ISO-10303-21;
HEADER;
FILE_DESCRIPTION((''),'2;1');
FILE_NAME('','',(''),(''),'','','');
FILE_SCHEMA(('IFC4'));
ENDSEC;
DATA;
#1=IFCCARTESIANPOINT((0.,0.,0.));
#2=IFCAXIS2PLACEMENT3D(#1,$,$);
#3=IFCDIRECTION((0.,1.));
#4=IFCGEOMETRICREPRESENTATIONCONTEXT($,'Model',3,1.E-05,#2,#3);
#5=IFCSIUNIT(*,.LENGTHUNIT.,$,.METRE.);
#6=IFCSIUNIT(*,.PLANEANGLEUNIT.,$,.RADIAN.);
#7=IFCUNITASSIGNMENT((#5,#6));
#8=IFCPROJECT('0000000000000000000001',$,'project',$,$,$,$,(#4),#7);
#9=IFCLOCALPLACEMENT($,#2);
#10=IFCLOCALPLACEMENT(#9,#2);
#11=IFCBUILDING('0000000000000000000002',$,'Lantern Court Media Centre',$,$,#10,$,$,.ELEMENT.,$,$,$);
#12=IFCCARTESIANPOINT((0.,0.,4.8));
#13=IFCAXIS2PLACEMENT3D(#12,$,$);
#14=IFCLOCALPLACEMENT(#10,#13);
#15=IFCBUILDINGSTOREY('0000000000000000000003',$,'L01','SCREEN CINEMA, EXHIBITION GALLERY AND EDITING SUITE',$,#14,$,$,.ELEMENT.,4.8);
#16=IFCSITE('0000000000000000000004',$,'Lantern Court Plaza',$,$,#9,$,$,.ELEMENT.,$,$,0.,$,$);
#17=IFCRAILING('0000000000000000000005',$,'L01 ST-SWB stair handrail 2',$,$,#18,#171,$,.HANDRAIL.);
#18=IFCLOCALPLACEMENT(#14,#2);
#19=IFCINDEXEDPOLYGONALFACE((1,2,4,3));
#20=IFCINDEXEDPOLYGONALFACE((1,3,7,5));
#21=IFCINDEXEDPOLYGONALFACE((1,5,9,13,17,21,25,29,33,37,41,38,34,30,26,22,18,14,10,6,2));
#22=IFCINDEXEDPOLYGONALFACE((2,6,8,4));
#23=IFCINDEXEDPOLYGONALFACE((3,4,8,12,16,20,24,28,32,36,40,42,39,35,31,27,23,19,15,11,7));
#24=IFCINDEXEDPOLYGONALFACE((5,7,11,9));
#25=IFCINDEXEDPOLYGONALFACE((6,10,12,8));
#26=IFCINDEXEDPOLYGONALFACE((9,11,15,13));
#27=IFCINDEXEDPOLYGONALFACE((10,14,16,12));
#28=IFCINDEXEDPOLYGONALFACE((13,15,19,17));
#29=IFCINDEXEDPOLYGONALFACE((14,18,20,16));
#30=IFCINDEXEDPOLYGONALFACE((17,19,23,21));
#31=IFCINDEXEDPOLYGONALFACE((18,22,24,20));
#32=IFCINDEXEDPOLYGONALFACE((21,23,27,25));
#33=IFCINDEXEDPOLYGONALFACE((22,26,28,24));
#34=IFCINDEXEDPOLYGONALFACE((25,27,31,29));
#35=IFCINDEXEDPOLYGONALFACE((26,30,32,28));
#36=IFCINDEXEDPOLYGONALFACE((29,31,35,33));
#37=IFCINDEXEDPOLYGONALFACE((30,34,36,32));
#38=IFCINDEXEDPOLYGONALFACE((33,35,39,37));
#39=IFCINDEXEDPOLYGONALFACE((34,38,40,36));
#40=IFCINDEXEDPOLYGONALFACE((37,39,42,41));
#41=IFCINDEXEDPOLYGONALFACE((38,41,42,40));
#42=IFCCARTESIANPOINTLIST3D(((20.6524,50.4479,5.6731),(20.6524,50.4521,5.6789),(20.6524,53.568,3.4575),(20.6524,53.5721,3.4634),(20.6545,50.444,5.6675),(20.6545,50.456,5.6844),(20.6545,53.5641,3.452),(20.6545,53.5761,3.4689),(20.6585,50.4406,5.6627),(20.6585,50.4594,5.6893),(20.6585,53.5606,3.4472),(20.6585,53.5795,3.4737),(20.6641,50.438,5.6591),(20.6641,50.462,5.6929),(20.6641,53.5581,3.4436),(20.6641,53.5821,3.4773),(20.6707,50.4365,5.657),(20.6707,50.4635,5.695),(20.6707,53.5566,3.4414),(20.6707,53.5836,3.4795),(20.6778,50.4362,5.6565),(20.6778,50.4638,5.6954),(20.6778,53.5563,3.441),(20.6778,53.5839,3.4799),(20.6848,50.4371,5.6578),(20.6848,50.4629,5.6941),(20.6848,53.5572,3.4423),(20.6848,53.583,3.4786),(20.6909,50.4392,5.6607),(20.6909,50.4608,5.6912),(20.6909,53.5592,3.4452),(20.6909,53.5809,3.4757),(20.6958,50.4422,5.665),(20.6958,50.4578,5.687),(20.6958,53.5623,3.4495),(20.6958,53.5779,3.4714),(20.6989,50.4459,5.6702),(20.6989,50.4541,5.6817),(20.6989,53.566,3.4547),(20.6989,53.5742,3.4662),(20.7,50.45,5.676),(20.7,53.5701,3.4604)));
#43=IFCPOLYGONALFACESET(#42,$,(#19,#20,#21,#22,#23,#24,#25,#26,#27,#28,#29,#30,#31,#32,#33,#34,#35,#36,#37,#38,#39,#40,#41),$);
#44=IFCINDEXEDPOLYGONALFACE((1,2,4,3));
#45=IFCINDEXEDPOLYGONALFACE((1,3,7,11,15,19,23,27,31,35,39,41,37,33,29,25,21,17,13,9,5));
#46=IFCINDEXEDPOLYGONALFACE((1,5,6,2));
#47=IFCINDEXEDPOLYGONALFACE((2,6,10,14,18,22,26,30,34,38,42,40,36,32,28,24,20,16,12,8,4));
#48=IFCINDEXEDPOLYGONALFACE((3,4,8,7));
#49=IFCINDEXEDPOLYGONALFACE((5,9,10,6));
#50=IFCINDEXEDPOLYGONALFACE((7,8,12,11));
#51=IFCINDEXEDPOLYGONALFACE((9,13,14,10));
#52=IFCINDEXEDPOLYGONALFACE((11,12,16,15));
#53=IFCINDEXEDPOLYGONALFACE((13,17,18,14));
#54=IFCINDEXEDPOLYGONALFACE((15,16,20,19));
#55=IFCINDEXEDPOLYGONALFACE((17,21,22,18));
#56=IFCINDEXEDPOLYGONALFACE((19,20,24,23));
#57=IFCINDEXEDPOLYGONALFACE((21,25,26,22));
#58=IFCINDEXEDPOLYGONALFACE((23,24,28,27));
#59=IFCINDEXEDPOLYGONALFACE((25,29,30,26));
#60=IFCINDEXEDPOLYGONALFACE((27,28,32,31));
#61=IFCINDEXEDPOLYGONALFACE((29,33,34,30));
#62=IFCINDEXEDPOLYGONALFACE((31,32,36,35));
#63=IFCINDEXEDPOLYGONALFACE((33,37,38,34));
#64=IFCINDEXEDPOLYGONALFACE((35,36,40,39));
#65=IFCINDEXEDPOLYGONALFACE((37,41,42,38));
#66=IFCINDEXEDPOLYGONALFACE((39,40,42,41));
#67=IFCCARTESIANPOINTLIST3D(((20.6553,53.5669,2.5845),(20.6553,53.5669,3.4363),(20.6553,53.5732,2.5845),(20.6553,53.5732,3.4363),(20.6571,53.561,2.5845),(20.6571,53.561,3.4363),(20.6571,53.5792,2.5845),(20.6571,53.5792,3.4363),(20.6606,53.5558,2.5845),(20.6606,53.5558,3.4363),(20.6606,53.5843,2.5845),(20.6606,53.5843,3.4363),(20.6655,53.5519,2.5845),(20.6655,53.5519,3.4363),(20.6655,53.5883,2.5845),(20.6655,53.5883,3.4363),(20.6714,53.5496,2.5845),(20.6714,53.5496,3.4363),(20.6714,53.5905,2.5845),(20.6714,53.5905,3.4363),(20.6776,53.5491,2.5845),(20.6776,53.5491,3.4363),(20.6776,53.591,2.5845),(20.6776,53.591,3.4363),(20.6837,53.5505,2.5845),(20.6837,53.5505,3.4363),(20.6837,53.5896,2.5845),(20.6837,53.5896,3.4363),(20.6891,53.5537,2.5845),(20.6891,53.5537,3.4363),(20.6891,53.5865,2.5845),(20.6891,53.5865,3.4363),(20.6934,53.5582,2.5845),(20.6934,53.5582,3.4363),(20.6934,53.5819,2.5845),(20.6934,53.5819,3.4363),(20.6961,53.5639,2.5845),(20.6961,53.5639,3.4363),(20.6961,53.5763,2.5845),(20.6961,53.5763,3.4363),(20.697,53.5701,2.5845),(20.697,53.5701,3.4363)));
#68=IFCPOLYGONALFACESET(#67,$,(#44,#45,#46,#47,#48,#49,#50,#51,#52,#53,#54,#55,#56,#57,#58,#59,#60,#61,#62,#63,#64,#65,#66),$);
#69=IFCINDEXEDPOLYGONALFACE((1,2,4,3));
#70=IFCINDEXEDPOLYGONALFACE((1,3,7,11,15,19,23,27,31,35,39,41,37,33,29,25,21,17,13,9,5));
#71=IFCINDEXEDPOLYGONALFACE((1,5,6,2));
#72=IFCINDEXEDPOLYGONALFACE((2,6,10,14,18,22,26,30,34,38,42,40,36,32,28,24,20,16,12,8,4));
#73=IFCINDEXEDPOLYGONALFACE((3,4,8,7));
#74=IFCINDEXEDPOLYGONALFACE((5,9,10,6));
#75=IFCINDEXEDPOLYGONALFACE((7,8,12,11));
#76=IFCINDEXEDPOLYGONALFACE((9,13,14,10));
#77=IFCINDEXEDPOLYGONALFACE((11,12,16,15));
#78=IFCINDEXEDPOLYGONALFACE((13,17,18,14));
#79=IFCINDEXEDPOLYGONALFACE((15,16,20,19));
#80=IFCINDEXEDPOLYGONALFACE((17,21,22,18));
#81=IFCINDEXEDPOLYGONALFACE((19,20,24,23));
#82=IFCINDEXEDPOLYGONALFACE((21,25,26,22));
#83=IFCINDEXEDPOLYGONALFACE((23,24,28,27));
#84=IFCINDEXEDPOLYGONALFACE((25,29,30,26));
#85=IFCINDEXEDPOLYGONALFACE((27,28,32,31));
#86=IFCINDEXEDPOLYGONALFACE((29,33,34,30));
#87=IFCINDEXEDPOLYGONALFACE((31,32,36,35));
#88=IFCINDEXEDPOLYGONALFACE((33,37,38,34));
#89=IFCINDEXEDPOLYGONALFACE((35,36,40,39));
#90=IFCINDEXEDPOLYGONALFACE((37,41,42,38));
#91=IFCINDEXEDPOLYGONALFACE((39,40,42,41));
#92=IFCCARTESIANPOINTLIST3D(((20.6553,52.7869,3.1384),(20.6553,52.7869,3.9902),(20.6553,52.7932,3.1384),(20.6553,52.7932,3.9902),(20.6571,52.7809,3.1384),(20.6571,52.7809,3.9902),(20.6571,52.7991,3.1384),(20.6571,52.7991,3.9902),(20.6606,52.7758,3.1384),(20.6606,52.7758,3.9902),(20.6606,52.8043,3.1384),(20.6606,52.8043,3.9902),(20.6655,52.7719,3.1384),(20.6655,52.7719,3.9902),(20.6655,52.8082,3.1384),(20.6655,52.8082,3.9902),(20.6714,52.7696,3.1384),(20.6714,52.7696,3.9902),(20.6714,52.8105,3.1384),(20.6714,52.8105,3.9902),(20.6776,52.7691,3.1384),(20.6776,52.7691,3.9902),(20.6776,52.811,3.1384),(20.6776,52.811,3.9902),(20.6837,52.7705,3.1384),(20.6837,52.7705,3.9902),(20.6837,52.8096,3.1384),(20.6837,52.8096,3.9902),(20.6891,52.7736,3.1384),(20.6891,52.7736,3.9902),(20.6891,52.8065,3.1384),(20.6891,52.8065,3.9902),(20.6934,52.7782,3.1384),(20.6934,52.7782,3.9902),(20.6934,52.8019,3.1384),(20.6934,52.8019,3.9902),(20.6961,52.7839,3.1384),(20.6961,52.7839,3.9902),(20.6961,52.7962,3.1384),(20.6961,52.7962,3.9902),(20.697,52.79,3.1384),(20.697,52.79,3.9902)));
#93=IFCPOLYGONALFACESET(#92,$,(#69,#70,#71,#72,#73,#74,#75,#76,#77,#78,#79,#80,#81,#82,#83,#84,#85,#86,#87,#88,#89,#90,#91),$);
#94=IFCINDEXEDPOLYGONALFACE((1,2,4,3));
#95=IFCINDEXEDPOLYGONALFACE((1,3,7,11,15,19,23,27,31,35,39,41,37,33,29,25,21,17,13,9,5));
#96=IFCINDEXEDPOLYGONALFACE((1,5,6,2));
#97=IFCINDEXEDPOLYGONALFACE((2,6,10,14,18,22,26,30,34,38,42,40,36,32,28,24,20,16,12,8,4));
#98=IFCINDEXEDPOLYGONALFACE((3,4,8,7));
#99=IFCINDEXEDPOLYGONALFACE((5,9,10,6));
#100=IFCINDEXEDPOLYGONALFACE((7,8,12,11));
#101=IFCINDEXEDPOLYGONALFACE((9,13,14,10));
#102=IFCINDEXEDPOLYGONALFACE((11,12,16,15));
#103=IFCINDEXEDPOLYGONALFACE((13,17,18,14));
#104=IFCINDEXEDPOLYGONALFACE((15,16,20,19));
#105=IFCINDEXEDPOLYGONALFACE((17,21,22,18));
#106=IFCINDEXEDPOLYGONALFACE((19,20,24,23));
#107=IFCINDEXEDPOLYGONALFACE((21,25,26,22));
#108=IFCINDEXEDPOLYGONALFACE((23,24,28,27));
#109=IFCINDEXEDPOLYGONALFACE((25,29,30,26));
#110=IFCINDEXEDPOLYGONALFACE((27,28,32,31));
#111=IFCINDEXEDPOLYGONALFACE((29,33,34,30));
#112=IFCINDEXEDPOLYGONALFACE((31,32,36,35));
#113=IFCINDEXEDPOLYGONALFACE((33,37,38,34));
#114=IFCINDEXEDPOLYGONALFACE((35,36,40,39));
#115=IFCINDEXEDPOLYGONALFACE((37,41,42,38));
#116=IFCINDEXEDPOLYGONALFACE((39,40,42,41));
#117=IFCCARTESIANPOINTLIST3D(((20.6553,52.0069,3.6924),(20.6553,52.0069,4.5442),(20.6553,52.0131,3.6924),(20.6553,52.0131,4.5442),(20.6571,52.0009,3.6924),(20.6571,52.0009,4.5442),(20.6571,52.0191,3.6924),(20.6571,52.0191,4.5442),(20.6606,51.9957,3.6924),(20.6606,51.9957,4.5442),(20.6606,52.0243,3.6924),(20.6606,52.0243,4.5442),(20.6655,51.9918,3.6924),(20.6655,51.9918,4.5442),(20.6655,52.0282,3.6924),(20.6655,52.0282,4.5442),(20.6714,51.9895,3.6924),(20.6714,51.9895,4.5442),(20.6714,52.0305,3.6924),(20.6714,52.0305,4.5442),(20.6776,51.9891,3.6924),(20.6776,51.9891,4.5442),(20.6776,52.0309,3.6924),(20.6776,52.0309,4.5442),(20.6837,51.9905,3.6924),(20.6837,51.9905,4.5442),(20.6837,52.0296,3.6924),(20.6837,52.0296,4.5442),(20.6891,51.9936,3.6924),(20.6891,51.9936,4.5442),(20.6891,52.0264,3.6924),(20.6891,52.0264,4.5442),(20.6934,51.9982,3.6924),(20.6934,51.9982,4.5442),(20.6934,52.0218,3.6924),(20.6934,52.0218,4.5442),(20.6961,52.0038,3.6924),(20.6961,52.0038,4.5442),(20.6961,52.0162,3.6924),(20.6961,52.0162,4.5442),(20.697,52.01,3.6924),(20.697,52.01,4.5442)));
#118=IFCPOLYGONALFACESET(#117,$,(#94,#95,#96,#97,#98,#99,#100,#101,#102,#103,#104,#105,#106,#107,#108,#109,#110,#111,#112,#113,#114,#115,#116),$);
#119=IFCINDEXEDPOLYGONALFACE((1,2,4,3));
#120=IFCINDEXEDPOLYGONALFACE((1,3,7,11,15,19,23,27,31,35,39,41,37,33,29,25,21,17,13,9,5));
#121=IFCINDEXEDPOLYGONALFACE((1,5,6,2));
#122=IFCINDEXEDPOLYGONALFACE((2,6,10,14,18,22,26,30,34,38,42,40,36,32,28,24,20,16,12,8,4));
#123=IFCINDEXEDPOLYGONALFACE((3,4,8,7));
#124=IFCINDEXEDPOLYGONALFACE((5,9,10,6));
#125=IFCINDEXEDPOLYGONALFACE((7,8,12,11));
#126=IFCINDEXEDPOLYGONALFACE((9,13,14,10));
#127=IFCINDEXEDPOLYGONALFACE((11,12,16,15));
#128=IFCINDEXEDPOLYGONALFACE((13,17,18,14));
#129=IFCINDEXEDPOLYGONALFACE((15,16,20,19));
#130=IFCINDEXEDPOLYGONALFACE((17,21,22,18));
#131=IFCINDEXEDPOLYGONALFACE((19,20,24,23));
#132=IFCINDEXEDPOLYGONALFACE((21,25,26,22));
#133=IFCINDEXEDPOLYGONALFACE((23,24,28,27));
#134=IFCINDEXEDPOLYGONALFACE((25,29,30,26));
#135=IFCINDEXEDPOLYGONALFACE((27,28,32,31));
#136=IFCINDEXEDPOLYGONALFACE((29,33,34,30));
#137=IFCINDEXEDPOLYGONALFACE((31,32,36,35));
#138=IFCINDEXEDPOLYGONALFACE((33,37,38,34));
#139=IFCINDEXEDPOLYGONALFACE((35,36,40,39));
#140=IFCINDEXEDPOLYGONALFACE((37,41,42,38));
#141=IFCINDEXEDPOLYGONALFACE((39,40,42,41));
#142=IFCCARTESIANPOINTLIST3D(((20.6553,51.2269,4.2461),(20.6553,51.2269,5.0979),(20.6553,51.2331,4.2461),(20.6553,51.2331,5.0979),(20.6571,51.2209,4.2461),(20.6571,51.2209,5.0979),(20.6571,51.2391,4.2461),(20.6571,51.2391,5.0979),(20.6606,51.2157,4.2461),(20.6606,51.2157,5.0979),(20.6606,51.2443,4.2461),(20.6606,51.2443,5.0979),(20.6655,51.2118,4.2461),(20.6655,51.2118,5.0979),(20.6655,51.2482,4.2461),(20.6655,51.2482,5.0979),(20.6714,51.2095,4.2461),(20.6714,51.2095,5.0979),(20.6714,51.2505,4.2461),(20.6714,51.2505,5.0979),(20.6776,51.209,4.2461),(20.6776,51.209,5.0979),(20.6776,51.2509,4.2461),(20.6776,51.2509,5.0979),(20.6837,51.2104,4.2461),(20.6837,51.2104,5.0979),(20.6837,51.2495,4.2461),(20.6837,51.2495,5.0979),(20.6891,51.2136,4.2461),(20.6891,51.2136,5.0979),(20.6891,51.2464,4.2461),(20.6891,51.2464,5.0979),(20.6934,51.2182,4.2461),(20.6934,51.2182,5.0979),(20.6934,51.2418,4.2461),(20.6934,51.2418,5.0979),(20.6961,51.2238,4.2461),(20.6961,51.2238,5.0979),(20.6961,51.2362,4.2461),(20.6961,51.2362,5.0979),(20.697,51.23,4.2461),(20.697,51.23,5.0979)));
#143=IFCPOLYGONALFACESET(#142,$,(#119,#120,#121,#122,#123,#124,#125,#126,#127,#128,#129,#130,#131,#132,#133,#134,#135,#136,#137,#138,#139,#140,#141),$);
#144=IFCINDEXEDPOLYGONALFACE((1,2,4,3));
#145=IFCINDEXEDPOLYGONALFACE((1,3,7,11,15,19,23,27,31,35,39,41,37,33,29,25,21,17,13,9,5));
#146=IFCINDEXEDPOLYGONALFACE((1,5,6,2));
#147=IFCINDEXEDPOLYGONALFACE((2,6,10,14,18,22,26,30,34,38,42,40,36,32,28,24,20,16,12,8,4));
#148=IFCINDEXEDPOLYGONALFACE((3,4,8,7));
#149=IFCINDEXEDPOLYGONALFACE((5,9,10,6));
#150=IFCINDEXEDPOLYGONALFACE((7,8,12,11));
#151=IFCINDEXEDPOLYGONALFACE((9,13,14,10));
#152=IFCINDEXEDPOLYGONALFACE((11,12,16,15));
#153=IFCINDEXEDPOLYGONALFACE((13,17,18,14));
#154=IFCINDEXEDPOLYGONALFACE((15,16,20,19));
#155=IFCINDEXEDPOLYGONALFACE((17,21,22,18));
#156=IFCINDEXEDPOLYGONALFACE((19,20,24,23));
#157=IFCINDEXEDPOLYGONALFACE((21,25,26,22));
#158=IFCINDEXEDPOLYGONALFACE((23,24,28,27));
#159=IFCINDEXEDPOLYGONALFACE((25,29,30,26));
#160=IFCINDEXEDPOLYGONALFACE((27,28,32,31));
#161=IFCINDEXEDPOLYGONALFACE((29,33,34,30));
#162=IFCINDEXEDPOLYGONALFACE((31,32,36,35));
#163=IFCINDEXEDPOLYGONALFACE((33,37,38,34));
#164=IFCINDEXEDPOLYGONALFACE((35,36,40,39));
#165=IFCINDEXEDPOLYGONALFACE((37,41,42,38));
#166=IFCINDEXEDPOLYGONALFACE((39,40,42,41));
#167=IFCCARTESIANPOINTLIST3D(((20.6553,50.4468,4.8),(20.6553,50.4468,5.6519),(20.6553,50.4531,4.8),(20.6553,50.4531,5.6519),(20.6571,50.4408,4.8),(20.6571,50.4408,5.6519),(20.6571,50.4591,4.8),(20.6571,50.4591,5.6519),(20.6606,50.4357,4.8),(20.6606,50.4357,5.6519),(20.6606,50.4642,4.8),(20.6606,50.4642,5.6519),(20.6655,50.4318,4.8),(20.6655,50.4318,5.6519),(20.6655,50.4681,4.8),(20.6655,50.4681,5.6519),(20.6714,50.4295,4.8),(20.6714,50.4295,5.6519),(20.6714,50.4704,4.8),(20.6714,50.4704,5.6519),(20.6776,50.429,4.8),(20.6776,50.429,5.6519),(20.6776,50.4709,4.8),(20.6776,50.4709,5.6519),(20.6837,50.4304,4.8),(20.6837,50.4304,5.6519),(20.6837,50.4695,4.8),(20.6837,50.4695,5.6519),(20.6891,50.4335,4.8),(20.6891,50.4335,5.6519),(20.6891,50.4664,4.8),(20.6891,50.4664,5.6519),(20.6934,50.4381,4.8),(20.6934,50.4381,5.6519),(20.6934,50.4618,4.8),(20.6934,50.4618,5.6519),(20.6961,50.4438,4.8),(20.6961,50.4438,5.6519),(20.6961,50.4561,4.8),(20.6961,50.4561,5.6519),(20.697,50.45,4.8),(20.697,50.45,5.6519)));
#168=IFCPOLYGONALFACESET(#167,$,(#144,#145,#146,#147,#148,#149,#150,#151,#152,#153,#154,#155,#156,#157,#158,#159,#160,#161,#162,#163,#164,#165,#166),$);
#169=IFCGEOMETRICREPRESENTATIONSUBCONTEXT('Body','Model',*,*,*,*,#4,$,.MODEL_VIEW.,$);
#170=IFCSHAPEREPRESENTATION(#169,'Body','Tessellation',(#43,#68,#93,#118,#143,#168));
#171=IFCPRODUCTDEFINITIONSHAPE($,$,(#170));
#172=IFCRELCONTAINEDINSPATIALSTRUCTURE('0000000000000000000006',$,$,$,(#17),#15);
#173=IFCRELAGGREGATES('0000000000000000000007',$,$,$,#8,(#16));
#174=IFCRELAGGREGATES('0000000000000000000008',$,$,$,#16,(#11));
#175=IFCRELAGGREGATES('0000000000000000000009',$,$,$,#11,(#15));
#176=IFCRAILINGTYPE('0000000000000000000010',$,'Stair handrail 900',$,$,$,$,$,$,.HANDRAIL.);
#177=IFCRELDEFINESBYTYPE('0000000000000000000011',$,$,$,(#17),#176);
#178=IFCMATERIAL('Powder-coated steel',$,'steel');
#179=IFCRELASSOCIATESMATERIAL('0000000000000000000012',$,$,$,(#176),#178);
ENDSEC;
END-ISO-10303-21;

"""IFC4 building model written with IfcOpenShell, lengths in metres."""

from ifc_helpers import new_model, si_unit, direction, frame, origin, origin_2d, place, context, subcontext, project, spatial, circle, extrude, material, type_object, element, save


model = new_model("IFC4")

# Units and contexts
model_context = context("Model", 3, precision=1e-05, world=origin(), true_north=direction((0.0, 1.0)))
body_context = subcontext(model_context, "Body", "Model", "MODEL_VIEW")
ifc_project = project(units=[si_unit("LENGTHUNIT", "METRE"), si_unit("PLANEANGLEUNIT", "RADIAN")], contexts=[model_context])

# Site, building, storey
site_placement = place(None, origin())
site = spatial("IfcSite", under=ifc_project, at=site_placement, Name="Lantern Court Plaza", CompositionType="ELEMENT", RefElevation=0.0)
building_placement = place(site_placement, origin())
building = spatial("IfcBuilding", under=site, at=building_placement, Name="Lantern Court Media Centre", CompositionType="ELEMENT")
storey_placement = place(building_placement, frame((0.0, 0.0, 4.8)))
storey = spatial("IfcBuildingStorey", under=building, at=storey_placement, Name="L01", Description="SCREEN CINEMA, EXHIBITION GALLERY AND EDITING SUITE", CompositionType="ELEMENT", Elevation=4.8)

# Shared definitions
ifc_material_1 = material(Name="Powder-coated steel", Category="steel")

# Railing
railing_type_1 = type_object("IfcRailingType", Name="Stair handrail 900", PredefinedType="HANDRAIL", material=ifc_material_1)
for number, where, name in (
    (1, (20.676, 53.5701, 2.5845), "L01 ST-SWB stair handrail 2"),
):
    element("IfcRailing", number, at=place(storey_placement, frame(where)), inside=storey, type_object=railing_type_1, Name=name, PredefinedType="HANDRAIL", context=body_context, shape_type="SweptSolid", body=[
        extrude(circle(Radius=0.0239, at=origin_2d()), frame((0.0, 0.0, 0.876), z_axis=(0.0, -0.815347, 0.578973), x_axis=(1.0, 0.0, 0.0)), (0.0, 0.0, 1.0), 3.8267),
        extrude(circle(Radius=0.021, at=origin_2d()), origin(), (0.0, 0.0, 1.0), 0.8518),
        extrude(circle(Radius=0.021, at=origin_2d()), frame((0.0, -0.78, 0.554)), (0.0, 0.0, 1.0), 0.8518),
        extrude(circle(Radius=0.021, at=origin_2d()), frame((0.0, -1.5601, 1.1079)), (0.0, 0.0, 1.0), 0.8518),
        extrude(circle(Radius=0.021, at=origin_2d()), frame((0.0, -2.3401, 1.6616)), (0.0, 0.0, 1.0), 0.8518),
        extrude(circle(Radius=0.021, at=origin_2d()), frame((0.0, -3.1201, 2.2156)), (0.0, 0.0, 1.0), 0.8518),
    ])

save(model, "model.ifc")
